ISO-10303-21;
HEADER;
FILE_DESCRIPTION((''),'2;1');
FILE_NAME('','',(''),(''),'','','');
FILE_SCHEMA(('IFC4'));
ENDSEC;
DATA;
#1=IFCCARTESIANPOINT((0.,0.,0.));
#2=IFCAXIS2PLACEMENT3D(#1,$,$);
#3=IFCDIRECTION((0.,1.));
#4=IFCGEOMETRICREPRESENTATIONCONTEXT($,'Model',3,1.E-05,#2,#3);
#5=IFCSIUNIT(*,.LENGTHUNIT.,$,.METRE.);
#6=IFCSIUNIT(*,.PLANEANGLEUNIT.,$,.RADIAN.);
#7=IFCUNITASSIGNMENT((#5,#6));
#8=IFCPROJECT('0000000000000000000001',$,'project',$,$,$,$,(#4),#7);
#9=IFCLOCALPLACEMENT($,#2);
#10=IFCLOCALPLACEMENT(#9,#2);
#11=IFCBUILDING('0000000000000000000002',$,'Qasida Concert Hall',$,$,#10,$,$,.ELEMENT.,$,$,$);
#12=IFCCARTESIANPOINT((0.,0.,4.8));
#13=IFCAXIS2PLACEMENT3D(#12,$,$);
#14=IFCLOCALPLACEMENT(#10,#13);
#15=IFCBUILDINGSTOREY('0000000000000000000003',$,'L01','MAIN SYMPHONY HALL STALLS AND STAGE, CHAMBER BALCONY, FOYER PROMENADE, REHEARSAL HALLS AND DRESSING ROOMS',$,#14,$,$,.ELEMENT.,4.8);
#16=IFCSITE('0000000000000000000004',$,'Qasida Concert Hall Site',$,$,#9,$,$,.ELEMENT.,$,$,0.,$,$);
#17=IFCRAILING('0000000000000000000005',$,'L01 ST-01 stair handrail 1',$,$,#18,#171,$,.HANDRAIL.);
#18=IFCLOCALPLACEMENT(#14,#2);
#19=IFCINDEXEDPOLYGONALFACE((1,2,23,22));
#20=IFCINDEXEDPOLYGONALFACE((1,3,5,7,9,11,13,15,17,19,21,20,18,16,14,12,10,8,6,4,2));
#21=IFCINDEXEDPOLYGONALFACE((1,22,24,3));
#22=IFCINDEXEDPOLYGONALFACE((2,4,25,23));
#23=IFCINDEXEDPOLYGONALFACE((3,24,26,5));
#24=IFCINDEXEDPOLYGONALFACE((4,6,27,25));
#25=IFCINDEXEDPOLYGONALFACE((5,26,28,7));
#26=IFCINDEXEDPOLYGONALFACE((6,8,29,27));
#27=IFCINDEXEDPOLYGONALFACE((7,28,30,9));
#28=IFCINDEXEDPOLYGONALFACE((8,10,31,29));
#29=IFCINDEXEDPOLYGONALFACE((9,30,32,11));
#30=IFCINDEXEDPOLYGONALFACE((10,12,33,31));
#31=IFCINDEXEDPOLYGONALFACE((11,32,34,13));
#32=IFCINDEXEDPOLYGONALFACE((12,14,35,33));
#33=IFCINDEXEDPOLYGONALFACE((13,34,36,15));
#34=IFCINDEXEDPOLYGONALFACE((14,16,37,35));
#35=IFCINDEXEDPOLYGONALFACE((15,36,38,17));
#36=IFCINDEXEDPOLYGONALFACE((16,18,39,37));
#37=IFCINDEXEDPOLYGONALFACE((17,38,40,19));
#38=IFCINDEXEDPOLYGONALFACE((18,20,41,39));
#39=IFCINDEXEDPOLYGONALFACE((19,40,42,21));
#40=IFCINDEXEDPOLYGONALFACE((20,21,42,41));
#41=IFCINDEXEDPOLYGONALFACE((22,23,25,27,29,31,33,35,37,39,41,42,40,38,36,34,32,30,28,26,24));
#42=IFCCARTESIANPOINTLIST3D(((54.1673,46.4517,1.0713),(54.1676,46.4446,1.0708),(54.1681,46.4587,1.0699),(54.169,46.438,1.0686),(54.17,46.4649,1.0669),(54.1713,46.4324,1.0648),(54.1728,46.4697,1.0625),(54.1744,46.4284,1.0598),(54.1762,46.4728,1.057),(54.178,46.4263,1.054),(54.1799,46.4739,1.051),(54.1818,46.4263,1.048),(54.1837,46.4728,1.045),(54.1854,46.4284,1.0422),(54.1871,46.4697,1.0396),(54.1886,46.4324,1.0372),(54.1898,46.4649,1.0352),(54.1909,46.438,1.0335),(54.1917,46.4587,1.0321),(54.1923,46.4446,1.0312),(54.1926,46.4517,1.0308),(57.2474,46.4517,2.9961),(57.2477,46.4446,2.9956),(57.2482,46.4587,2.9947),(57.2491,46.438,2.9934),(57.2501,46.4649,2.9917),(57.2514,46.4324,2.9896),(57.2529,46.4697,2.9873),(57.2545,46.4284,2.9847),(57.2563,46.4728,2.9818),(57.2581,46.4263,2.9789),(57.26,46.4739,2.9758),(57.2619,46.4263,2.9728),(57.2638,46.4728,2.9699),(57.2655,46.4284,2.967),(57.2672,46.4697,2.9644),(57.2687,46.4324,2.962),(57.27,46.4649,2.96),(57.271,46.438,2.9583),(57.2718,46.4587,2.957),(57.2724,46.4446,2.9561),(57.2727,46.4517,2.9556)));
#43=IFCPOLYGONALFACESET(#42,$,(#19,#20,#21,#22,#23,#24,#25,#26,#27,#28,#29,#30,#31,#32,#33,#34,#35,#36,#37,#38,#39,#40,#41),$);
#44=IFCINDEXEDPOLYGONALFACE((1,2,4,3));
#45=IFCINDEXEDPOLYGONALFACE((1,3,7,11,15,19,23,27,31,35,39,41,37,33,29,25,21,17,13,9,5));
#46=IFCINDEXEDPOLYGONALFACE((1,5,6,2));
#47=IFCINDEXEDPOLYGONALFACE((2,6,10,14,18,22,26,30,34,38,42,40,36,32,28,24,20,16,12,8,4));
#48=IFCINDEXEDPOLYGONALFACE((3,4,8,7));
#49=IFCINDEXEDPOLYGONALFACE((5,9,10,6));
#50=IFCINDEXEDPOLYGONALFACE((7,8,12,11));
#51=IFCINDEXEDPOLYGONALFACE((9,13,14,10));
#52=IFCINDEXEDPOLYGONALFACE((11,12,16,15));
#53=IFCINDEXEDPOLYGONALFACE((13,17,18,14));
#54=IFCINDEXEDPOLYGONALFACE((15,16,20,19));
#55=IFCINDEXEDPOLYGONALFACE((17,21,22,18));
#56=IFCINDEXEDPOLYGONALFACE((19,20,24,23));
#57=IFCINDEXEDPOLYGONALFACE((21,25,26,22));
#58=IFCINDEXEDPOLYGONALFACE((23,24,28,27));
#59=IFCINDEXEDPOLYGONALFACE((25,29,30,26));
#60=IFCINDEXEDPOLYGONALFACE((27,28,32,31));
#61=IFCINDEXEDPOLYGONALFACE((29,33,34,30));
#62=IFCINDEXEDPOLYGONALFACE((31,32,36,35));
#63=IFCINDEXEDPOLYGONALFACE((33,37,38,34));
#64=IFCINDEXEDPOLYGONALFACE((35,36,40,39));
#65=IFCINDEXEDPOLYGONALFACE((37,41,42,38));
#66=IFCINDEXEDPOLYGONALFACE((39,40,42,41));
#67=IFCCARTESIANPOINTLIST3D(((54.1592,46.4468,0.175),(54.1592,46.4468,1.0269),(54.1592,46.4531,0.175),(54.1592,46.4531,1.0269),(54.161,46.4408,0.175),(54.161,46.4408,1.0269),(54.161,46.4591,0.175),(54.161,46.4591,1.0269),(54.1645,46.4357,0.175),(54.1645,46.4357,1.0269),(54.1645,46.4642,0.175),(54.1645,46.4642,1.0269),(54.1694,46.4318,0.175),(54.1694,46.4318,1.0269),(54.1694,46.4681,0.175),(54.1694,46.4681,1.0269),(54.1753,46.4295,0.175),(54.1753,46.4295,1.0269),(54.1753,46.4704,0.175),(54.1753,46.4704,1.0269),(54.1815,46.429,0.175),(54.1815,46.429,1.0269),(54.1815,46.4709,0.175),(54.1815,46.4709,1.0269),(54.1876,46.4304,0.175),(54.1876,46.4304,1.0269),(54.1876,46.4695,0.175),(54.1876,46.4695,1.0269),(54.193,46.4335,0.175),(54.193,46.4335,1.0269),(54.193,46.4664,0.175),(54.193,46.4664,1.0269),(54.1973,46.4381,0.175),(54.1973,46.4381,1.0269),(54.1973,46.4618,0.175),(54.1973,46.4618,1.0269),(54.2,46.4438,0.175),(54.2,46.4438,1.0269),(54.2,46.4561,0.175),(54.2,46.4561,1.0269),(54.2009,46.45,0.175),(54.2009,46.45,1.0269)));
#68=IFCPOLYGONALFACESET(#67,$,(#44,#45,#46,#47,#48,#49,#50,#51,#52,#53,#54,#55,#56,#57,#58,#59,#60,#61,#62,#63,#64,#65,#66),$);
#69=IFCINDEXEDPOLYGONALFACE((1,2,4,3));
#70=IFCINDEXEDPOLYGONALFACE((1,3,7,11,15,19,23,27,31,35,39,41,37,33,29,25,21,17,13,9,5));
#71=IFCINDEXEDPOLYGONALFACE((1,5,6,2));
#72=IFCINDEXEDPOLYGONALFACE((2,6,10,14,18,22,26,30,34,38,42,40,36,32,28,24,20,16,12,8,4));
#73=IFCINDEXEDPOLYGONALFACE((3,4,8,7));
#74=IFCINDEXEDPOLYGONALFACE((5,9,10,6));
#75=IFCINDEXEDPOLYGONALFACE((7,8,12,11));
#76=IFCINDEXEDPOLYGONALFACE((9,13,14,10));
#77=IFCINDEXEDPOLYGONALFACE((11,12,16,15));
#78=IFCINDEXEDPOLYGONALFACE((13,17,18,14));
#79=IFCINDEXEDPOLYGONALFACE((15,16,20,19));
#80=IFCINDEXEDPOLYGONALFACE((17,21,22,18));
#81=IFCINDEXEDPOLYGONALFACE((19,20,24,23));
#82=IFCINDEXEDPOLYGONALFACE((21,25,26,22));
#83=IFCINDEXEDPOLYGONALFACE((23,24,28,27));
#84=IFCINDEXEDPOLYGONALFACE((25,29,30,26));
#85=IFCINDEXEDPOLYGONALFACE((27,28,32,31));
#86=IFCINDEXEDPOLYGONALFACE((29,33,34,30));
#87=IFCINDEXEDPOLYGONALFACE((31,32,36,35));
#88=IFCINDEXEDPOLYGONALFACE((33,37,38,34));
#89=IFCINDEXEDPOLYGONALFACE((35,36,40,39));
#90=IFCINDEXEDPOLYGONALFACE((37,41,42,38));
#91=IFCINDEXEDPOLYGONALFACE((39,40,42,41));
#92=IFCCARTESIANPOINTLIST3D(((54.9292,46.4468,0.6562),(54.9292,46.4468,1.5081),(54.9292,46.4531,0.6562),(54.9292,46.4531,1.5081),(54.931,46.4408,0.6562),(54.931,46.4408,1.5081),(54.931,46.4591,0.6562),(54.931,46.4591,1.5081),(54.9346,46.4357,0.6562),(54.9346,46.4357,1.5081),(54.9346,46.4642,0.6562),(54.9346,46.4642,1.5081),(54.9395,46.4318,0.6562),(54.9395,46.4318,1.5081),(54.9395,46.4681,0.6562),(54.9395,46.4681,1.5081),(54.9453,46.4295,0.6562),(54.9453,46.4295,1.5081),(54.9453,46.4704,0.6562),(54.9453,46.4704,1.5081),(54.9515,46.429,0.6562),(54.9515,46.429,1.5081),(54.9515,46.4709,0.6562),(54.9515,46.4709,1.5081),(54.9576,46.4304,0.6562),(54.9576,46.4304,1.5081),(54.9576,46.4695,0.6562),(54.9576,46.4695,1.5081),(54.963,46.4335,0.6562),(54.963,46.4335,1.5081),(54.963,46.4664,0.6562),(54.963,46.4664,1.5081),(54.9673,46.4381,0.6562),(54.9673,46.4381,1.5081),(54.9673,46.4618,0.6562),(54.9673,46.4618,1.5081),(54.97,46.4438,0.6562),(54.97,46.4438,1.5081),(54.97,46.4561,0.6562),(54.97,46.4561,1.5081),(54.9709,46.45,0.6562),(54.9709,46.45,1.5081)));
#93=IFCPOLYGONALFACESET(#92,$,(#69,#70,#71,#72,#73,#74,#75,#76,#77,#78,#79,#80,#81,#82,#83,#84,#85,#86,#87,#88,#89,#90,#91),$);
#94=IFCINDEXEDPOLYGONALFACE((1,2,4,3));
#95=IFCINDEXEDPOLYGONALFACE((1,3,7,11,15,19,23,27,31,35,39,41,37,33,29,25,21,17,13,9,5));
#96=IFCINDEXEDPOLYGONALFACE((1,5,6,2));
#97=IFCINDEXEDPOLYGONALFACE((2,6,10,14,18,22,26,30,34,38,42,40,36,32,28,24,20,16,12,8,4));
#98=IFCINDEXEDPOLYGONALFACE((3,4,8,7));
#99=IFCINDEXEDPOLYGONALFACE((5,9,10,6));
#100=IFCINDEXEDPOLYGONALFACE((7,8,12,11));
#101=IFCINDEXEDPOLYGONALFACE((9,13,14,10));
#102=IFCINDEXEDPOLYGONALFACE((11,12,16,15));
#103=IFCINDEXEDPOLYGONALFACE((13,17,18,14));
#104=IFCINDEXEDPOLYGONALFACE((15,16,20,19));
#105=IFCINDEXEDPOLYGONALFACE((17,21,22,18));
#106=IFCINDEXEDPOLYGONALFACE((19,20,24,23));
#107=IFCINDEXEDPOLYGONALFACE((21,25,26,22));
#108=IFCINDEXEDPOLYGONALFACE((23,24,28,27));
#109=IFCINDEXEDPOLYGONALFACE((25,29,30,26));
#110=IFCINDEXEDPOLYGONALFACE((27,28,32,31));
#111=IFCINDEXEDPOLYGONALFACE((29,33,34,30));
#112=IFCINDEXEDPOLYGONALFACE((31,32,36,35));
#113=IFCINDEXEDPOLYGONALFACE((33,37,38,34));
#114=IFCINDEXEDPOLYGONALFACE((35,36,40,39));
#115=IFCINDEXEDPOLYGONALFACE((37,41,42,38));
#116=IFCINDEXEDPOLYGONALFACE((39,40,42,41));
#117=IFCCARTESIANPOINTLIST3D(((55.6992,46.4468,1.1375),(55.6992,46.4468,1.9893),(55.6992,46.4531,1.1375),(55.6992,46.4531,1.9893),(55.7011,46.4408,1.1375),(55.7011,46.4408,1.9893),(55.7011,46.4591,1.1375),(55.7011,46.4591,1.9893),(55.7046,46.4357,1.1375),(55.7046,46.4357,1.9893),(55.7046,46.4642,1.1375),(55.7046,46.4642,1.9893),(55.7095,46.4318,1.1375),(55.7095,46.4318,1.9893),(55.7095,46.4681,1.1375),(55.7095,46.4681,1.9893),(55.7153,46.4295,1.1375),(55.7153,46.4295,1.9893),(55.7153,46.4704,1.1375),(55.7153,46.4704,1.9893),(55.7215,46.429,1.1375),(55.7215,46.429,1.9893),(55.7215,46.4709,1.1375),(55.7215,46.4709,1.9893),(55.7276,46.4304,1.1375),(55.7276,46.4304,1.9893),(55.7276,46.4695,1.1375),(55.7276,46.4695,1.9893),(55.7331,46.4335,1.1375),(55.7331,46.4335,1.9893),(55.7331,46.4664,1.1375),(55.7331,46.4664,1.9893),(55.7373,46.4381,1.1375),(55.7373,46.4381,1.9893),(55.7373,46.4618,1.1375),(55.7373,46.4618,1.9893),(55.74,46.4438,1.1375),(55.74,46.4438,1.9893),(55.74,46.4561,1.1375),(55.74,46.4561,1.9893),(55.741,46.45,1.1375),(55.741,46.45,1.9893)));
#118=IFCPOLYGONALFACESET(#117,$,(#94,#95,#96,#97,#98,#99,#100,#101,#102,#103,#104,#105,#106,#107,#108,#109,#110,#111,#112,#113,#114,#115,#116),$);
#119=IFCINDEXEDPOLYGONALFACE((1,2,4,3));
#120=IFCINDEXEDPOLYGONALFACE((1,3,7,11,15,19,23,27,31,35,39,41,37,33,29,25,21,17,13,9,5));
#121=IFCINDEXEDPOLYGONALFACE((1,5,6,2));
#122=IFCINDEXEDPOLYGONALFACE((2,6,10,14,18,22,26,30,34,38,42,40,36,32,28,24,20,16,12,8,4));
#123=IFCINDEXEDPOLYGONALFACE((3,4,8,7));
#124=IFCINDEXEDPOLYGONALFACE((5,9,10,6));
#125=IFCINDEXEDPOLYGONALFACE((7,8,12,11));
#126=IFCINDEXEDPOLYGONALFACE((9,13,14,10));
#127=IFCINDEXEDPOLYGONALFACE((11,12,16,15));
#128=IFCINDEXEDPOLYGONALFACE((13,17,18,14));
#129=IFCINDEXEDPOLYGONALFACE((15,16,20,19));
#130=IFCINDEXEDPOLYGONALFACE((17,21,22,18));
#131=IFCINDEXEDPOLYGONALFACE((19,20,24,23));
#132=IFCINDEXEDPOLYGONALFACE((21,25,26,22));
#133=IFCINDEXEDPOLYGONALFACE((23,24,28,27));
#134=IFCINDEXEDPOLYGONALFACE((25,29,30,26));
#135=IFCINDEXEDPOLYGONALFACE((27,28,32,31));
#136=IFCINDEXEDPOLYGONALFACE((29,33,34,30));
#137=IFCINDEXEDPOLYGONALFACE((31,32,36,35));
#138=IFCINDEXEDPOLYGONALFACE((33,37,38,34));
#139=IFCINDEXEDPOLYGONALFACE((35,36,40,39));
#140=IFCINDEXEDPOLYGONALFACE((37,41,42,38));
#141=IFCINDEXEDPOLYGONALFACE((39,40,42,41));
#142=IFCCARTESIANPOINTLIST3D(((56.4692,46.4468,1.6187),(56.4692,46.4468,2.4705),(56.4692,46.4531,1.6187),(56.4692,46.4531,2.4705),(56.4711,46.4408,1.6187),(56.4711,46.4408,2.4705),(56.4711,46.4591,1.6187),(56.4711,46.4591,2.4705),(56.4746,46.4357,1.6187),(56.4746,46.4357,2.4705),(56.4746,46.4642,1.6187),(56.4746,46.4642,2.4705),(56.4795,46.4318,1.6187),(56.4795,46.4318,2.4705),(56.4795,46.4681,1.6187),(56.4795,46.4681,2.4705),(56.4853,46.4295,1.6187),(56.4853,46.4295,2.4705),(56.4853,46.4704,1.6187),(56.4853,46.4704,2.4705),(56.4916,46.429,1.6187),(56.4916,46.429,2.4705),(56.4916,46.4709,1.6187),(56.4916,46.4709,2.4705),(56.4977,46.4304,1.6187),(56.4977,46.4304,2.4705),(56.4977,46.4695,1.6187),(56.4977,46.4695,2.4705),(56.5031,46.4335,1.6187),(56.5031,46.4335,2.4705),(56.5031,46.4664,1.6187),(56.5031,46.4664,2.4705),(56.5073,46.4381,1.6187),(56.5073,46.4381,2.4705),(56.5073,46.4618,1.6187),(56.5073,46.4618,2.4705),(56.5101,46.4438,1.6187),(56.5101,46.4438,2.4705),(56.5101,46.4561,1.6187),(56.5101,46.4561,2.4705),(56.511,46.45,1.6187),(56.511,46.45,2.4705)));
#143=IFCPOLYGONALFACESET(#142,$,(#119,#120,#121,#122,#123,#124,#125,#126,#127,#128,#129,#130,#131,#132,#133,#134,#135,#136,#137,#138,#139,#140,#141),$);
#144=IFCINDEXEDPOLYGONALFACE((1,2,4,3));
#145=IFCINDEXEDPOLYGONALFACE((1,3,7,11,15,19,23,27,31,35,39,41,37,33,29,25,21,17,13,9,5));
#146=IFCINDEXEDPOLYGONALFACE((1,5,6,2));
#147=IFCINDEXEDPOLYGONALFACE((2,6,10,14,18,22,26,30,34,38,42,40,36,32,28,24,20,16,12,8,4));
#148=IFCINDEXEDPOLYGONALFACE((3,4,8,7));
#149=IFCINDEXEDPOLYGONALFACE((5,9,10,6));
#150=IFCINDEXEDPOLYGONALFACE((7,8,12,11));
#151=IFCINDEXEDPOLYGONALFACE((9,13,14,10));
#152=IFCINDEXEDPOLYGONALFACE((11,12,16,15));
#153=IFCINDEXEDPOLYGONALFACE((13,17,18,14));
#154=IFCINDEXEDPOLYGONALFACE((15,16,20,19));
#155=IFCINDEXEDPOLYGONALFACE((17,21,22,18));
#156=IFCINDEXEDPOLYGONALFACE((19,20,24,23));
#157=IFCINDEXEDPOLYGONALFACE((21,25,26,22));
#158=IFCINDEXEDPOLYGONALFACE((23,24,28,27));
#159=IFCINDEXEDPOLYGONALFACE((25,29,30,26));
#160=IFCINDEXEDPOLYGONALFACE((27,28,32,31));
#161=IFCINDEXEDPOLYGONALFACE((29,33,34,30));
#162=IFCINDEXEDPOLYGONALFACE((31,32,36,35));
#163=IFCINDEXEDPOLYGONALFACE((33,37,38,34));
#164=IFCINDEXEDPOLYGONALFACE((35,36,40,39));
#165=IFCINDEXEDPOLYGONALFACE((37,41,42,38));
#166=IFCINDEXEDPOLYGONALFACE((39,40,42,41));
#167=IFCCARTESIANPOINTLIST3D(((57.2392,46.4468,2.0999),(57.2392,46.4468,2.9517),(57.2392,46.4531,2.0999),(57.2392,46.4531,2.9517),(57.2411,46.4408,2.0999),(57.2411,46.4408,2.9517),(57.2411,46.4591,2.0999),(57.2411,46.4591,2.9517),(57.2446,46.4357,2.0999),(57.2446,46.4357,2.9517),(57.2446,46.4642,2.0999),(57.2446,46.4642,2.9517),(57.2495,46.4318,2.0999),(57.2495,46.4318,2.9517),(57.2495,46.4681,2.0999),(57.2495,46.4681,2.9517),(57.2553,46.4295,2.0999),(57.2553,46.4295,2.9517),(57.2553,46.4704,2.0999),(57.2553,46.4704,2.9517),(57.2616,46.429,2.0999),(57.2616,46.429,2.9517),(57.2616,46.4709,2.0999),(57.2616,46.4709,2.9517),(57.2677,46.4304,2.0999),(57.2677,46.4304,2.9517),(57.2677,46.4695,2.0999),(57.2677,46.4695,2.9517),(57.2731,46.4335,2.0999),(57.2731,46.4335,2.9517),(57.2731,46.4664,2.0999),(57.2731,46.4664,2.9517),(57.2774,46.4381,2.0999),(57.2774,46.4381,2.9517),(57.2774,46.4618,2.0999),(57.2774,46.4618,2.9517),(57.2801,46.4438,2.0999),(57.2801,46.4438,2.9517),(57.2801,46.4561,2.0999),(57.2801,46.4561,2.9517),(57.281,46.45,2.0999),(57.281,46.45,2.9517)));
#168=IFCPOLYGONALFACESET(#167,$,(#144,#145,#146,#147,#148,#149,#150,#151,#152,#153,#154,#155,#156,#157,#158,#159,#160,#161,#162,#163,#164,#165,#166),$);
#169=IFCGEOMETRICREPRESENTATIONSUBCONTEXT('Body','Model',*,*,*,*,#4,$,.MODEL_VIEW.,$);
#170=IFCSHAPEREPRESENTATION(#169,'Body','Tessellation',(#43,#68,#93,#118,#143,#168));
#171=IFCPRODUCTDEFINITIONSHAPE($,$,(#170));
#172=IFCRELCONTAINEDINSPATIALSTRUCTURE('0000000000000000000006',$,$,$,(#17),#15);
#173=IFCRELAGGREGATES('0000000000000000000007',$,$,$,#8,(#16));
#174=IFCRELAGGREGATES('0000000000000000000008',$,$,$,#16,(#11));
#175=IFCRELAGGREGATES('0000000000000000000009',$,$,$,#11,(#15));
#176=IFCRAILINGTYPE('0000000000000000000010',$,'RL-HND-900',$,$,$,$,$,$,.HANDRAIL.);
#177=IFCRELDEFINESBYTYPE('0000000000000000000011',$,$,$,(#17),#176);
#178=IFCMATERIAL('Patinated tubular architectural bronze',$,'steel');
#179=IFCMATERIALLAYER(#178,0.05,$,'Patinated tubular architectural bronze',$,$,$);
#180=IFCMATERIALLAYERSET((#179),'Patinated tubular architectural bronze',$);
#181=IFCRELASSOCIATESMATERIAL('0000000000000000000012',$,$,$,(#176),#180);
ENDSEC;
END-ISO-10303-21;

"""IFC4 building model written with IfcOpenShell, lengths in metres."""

from ifc_helpers import new_model, si_unit, direction, frame, origin, origin_2d, place, context, subcontext, project, spatial, circle, extrude, material, layer, layer_set, type_object, element, save


model = new_model("IFC4")

# Units and contexts
model_context = context("Model", 3, precision=1e-05, world=origin(), true_north=direction((0.0, 1.0)))
body_context = subcontext(model_context, "Body", "Model", "MODEL_VIEW")
ifc_project = project(units=[si_unit("LENGTHUNIT", "METRE"), si_unit("PLANEANGLEUNIT", "RADIAN")], contexts=[model_context])

# Site, building, storey
site_placement = place(None, origin())
site = spatial("IfcSite", under=ifc_project, at=site_placement, Name="Qasida Concert Hall Site", CompositionType="ELEMENT", RefElevation=0.0)
building_placement = place(site_placement, origin())
building = spatial("IfcBuilding", under=site, at=building_placement, Name="Qasida Concert Hall", CompositionType="ELEMENT")
storey_placement = place(building_placement, frame((0.0, 0.0, 4.8)))
storey = spatial("IfcBuildingStorey", under=building, at=storey_placement, Name="L01", Description="MAIN SYMPHONY HALL STALLS AND STAGE, CHAMBER BALCONY, FOYER PROMENADE, REHEARSAL HALLS AND DRESSING ROOMS", CompositionType="ELEMENT", Elevation=4.8)

# Railing
ifc_material_1 = material(Name="Patinated tubular architectural bronze", Category="steel")
ifc_layer_1 = layer(ifc_material_1, 0.05, Name="Patinated tubular architectural bronze")
ifc_layer_set_1 = layer_set([ifc_layer_1], Name="Patinated tubular architectural bronze")
railing_type_1 = type_object("IfcRailingType", Name="RL-HND-900", PredefinedType="HANDRAIL", material=ifc_layer_set_1)
railing_1_placement = place(storey_placement, frame((54.1799, 46.45, 0.175)))
element("IfcRailing", 1, at=railing_1_placement, inside=storey, type_object=railing_type_1, Name="L01 ST-01 stair handrail 1", PredefinedType="HANDRAIL", context=body_context, shape_type="SweptSolid", body=[
    extrude(circle(Radius=0.0239, at=origin_2d()), frame((0.0, 0.0, 0.876), z_axis=(0.848029, 0.0, 0.529951), x_axis=(0.0, 1.0, 0.0)), (0.0, 0.0, 1.0), 3.6321),
    extrude(circle(Radius=0.021, at=origin_2d()), origin(), (0.0, 0.0, 1.0), 0.8518),
    extrude(circle(Radius=0.021, at=origin_2d()), frame((0.77, 0.0, 0.4812)), (0.0, 0.0, 1.0), 0.8518),
    extrude(circle(Radius=0.021, at=origin_2d()), frame((1.54, 0.0, 0.9624)), (0.0, 0.0, 1.0), 0.8518),
    extrude(circle(Radius=0.021, at=origin_2d()), frame((2.3101, 0.0, 1.4436)), (0.0, 0.0, 1.0), 0.8518),
    extrude(circle(Radius=0.021, at=origin_2d()), frame((3.0801, 0.0, 1.9248)), (0.0, 0.0, 1.0), 0.8518),
])

save(model, "model.ifc")
